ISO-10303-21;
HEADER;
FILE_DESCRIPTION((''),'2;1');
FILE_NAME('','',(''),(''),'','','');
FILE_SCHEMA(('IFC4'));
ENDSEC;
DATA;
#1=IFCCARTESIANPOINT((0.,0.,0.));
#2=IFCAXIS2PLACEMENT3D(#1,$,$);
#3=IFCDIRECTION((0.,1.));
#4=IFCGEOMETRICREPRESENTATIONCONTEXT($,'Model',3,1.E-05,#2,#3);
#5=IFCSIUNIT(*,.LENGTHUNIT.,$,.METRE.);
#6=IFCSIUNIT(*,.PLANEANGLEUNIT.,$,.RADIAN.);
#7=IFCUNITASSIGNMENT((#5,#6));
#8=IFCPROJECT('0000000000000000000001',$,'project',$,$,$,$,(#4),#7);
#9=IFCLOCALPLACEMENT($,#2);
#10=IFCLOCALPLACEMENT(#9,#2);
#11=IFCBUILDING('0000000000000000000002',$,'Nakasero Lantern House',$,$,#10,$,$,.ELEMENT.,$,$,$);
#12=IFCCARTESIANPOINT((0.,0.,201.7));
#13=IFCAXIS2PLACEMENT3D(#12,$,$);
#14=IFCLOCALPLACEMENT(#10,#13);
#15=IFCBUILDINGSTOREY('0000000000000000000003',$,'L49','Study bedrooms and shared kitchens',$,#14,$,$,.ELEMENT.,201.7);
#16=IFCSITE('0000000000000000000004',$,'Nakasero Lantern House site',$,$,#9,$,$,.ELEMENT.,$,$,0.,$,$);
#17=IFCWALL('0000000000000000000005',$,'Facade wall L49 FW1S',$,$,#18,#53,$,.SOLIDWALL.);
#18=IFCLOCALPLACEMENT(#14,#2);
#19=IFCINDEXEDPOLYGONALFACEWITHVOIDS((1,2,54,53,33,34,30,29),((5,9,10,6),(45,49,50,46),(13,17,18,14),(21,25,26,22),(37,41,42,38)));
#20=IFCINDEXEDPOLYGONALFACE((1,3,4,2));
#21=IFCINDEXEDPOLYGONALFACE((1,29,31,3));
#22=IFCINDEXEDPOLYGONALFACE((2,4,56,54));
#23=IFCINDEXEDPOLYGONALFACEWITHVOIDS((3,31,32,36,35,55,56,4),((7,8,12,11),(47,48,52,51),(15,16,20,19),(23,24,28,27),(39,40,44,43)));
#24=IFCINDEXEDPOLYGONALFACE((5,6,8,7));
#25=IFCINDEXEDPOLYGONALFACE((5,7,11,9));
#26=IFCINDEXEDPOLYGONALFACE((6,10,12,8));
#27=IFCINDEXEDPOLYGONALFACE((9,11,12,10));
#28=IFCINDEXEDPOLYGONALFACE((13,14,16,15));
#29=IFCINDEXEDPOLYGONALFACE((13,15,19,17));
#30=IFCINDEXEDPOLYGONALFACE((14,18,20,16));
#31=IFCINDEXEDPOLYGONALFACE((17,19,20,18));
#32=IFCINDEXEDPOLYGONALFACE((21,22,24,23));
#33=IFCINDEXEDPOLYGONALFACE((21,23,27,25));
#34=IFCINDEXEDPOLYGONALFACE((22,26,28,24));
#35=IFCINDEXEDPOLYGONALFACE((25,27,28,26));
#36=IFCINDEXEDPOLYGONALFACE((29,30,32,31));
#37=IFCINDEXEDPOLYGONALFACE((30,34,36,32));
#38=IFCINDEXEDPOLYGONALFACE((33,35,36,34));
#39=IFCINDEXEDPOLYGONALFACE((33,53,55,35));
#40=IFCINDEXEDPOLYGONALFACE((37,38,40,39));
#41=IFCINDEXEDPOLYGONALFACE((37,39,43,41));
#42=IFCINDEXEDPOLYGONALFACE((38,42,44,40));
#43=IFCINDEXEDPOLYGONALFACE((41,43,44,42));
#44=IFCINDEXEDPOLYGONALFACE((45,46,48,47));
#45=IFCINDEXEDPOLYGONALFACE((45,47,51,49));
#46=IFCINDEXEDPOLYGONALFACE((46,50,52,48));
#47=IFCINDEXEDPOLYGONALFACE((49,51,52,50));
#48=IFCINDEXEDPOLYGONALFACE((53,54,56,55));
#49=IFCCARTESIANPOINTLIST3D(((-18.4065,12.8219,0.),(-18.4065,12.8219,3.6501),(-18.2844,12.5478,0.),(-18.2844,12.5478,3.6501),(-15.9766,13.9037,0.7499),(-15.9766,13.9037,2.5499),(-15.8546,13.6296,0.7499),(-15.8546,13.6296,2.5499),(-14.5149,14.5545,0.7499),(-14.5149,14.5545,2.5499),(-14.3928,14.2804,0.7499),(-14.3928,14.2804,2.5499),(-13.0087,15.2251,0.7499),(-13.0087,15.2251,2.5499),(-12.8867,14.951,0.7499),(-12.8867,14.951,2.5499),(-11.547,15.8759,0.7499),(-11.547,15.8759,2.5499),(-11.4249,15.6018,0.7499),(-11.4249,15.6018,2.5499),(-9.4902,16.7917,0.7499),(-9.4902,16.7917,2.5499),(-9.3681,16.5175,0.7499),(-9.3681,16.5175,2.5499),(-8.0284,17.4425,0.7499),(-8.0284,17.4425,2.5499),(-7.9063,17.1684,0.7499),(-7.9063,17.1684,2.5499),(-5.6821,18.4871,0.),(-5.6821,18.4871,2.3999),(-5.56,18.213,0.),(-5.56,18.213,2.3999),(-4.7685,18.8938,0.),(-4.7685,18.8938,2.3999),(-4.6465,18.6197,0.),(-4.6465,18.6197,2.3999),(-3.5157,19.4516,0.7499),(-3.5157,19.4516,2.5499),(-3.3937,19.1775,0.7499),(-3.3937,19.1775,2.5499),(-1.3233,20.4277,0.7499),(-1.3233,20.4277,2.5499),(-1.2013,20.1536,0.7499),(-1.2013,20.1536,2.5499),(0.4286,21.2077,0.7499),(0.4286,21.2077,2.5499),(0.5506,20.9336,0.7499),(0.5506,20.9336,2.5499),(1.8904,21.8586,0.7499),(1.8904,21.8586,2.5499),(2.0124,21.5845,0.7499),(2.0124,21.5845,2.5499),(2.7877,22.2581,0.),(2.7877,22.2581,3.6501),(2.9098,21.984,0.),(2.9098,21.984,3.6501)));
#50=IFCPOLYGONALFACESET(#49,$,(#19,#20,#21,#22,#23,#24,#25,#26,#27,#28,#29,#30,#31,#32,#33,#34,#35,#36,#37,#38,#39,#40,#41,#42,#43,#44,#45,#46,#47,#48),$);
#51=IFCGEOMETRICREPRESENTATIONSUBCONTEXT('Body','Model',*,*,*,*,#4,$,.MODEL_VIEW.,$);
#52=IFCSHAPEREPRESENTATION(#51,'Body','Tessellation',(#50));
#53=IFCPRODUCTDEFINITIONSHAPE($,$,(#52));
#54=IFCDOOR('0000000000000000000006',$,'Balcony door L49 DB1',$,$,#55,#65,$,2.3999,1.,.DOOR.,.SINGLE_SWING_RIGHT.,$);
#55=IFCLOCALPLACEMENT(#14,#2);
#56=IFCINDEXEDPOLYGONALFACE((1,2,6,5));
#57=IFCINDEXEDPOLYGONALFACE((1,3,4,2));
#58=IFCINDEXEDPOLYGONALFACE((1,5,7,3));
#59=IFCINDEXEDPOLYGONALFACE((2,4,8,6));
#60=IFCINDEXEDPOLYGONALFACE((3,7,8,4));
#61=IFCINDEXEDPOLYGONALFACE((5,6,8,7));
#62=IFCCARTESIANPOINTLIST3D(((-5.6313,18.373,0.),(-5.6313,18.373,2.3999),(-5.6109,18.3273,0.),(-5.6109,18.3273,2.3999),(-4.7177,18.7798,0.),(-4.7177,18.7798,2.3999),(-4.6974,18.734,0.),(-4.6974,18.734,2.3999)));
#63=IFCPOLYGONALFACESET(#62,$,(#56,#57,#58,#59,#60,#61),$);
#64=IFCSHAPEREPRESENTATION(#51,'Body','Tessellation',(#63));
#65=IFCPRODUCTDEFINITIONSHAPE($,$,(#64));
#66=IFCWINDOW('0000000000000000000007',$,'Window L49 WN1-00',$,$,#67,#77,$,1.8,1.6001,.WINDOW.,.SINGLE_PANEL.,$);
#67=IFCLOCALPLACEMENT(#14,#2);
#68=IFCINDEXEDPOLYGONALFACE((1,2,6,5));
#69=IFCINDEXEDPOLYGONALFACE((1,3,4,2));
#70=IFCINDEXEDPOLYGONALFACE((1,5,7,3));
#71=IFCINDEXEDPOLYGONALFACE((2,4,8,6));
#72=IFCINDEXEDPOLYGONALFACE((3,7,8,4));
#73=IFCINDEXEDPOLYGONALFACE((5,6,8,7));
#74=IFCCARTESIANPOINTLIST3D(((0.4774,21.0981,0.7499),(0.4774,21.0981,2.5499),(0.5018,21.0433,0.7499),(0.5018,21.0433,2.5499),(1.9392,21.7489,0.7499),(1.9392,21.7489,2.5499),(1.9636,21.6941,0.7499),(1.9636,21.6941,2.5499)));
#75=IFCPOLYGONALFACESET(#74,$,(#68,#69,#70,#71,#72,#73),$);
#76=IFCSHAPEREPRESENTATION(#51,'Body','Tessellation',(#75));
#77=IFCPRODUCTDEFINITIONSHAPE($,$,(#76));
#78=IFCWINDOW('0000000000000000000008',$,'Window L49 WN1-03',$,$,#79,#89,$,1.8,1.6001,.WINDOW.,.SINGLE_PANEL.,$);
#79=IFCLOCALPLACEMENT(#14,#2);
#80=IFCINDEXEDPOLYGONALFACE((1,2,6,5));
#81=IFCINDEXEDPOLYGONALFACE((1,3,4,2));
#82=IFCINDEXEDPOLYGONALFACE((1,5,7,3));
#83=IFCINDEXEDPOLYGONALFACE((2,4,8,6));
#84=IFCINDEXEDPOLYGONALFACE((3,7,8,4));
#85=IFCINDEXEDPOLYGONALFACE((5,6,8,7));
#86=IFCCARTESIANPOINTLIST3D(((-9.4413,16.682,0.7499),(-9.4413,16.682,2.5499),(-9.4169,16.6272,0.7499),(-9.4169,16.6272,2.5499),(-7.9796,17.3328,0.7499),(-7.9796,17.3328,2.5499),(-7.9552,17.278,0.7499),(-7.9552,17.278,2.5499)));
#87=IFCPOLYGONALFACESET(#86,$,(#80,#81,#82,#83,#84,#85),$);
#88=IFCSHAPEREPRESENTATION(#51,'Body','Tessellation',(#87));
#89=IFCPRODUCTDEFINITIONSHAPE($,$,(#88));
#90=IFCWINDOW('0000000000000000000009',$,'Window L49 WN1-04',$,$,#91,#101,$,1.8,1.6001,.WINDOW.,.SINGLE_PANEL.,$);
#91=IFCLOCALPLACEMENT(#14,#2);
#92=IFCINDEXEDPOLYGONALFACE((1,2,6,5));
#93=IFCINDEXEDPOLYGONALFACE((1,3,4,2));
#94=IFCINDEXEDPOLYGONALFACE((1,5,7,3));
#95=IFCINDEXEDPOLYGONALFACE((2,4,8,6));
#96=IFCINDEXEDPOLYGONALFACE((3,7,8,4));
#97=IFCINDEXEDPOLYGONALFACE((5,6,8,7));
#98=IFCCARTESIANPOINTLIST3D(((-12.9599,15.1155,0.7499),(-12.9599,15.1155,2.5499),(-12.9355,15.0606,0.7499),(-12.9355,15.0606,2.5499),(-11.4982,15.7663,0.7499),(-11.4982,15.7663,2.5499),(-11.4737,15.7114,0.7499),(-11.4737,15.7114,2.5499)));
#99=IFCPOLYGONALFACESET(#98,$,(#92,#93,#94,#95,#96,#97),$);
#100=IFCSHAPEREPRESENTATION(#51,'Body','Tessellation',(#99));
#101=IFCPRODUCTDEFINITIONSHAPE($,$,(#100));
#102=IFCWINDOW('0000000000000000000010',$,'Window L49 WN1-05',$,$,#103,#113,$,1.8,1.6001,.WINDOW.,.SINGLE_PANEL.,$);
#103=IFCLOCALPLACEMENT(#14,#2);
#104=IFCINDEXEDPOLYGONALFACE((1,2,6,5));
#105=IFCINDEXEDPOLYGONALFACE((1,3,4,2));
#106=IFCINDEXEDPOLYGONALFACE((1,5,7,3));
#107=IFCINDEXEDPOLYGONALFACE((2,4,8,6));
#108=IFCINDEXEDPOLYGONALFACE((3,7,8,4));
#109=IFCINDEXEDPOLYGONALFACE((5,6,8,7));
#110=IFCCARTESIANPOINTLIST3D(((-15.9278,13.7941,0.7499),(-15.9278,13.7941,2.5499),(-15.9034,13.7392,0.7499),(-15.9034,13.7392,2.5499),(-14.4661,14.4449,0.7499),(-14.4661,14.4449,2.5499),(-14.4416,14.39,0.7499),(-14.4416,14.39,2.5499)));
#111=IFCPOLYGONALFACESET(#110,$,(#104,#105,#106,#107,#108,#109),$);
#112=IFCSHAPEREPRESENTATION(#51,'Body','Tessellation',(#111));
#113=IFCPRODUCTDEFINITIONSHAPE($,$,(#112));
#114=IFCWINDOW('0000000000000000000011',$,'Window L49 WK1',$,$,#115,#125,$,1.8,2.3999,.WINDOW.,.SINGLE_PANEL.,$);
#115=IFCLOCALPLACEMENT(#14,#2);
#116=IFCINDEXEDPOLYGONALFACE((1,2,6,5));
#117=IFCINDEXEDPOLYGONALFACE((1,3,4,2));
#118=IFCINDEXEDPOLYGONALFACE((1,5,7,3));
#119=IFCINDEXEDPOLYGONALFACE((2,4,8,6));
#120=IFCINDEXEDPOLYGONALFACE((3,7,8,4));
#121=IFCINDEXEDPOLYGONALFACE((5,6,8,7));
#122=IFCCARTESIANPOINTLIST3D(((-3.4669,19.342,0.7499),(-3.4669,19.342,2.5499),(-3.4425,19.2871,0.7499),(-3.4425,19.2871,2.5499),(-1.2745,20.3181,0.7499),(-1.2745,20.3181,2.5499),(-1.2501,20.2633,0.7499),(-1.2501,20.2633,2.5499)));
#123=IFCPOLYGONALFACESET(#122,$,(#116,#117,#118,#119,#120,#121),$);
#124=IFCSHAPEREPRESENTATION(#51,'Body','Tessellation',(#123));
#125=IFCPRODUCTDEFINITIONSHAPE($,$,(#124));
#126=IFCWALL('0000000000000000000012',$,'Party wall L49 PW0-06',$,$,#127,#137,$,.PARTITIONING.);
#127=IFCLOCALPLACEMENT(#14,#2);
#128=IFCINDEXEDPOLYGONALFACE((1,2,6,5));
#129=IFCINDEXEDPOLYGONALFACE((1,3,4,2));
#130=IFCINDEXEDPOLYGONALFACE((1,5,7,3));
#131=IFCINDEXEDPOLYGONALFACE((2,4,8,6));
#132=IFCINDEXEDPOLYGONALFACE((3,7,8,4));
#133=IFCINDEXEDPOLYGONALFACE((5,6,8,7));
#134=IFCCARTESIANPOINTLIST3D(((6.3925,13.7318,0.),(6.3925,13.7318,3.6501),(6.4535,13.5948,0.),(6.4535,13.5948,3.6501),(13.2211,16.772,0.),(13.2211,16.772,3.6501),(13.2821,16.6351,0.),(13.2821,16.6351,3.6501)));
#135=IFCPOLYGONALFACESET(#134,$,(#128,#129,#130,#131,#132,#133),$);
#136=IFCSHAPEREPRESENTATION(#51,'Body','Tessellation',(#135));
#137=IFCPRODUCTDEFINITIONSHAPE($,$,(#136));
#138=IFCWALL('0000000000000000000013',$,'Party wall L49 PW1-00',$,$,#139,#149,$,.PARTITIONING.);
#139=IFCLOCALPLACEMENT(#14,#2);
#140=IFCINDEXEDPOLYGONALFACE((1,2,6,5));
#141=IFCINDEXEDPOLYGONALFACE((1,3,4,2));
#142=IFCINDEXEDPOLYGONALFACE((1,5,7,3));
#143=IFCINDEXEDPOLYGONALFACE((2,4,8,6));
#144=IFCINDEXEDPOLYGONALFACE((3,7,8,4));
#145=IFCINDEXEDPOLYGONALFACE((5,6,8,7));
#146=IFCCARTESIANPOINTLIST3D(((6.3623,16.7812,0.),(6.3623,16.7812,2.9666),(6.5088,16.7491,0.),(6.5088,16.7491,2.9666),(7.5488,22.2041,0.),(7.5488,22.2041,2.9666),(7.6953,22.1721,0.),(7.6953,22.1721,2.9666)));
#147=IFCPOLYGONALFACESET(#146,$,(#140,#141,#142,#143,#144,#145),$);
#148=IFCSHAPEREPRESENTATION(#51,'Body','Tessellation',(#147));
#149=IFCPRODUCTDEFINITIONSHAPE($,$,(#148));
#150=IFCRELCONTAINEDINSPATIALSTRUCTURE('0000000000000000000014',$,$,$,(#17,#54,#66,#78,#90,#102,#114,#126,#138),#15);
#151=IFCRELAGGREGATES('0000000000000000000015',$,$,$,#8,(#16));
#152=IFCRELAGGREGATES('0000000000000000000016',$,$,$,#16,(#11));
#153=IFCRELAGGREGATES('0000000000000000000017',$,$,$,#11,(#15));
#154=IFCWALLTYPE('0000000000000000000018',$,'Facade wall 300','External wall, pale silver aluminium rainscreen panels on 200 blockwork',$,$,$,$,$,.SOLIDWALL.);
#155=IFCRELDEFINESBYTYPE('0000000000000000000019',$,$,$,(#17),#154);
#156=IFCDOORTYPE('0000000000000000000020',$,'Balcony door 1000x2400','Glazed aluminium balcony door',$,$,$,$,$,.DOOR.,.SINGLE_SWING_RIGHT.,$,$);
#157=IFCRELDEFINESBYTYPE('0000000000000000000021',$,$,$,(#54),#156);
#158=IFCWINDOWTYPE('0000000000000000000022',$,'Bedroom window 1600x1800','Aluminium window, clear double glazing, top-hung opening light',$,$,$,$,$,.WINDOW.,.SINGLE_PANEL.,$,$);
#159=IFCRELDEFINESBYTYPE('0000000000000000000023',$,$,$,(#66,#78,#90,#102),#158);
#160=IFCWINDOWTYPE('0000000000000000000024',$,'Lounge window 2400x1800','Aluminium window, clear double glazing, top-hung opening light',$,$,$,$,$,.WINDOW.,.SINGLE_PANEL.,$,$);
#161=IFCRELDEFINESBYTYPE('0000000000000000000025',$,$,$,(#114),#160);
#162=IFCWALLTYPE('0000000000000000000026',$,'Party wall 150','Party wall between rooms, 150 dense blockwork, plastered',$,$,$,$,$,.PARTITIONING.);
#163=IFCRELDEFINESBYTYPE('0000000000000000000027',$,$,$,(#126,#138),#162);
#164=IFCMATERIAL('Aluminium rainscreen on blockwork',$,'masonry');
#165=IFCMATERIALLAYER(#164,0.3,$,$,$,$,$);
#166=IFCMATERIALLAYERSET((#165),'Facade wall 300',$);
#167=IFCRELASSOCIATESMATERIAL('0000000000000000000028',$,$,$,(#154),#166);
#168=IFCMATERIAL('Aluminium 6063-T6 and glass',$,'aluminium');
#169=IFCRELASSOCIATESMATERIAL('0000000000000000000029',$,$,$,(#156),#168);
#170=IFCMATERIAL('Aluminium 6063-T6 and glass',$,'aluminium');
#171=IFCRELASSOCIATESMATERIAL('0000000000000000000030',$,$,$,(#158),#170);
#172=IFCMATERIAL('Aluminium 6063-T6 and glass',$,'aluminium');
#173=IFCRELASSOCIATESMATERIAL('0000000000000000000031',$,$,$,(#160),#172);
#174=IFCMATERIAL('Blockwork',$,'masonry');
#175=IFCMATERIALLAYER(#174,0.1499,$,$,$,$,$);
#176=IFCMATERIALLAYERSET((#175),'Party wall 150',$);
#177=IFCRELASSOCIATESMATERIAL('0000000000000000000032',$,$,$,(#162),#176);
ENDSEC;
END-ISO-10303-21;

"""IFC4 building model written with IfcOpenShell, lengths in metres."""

from ifc_helpers import new_model, si_unit, direction, frame, frame_2d, origin, place, context, subcontext, project, spatial, rectangle, extrude, material, layer, layer_set, type_object, element, fill, save


model = new_model("IFC4")

# Units and contexts
model_context = context("Model", 3, precision=1e-05, world=origin(), true_north=direction((0.0, 1.0)))
body_context = subcontext(model_context, "Body", "Model", "MODEL_VIEW")
ifc_project = project(units=[si_unit("LENGTHUNIT", "METRE"), si_unit("PLANEANGLEUNIT", "RADIAN")], contexts=[model_context])

# Site, building, storey
site_placement = place(None, origin())
site = spatial("IfcSite", under=ifc_project, at=site_placement, Name="Nakasero Lantern House site", CompositionType="ELEMENT", RefElevation=0.0)
building_placement = place(site_placement, origin())
building = spatial("IfcBuilding", under=site, at=building_placement, Name="Nakasero Lantern House", CompositionType="ELEMENT")
storey_placement = place(building_placement, frame((0.0, 0.0, 201.7)))
storey = spatial("IfcBuildingStorey", under=building, at=storey_placement, Name="L49", Description="Study bedrooms and shared kitchens", CompositionType="ELEMENT", Elevation=201.7)

# Shared definitions
ifc_material_1 = material(Name="Aluminium rainscreen on blockwork", Category="masonry")
ifc_layer_1 = layer(ifc_material_1, 0.3)
ifc_layer_set_1 = layer_set([ifc_layer_1], Name="Facade wall 300")
wall_type_1 = type_object("IfcWallType", Name="Facade wall 300", Description="External wall, pale silver aluminium rainscreen panels on 200 blockwork", PredefinedType="SOLIDWALL", material=ifc_layer_set_1)

# Wall, openings, door, windows
wall_1_placement = place(storey_placement, frame((2.8489, 22.1211, 0.0), z_axis=(0.0, 0.0, 1.0), x_axis=(-0.913546, -0.406735, 0.0)))
wall_1 = element("IfcWall", 1, at=wall_1_placement, inside=storey, type_object=wall_type_1, Name="Facade wall L49 FW1S", PredefinedType="SOLIDWALL", context=body_context, shape_type="SweptSolid", body=[
    extrude(rectangle(XDim=23.2, YDim=0.3, at=frame_2d((11.6001, 0.0))), origin(), (0.0, 0.0, 1.0), 3.6501),
])
opening_1_placement = place(wall_1_placement, frame((0.9824, 0.0, 0.75)))
opening_1 = element("IfcOpeningElement", 2, at=opening_1_placement, cuts=wall_1, PredefinedType="OPENING", context=body_context, shape_type="SweptSolid", body=[
    extrude(rectangle(XDim=1.6001, YDim=1.8, at=frame_2d((0.8, 0.8999))), frame((0.0, 0.1699, 0.0), z_axis=(0.0, -1.0, 0.0), x_axis=(1.0, 0.0, 0.0)), (0.0, 0.0, 1.0), 0.3401),
])
opening_2_placement = place(wall_1_placement, frame((11.8398, 0.0, 0.75)))
opening_2 = element("IfcOpeningElement", 3, at=opening_2_placement, cuts=wall_1, PredefinedType="OPENING", context=body_context, shape_type="SweptSolid", body=[
    extrude(rectangle(XDim=1.6001, YDim=1.8, at=frame_2d((0.8, 0.8999))), frame((0.0, 0.1699, 0.0), z_axis=(0.0, -1.0, 0.0), x_axis=(1.0, 0.0, 0.0)), (0.0, 0.0, 1.0), 0.3401),
])
opening_3_placement = place(wall_1_placement, frame((15.6914, 0.0, 0.75)))
opening_3 = element("IfcOpeningElement", 4, at=opening_3_placement, cuts=wall_1, PredefinedType="OPENING", context=body_context, shape_type="SweptSolid", body=[
    extrude(rectangle(XDim=1.6001, YDim=1.8, at=frame_2d((0.8, 0.8999))), frame((0.0, 0.1699, 0.0), z_axis=(0.0, -1.0, 0.0), x_axis=(1.0, 0.0, 0.0)), (0.0, 0.0, 1.0), 0.3401),
])
opening_4_placement = place(wall_1_placement, frame((18.9402, 0.0, 0.75)))
opening_4 = element("IfcOpeningElement", 5, at=opening_4_placement, cuts=wall_1, PredefinedType="OPENING", context=body_context, shape_type="SweptSolid", body=[
    extrude(rectangle(XDim=1.6001, YDim=1.8, at=frame_2d((0.8, 0.8999))), frame((0.0, 0.1699, 0.0), z_axis=(0.0, -1.0, 0.0), x_axis=(1.0, 0.0, 0.0)), (0.0, 0.0, 1.0), 0.3401),
])
opening_5_placement = place(wall_1_placement, frame((4.5002, 0.0, 0.75)))
opening_5 = element("IfcOpeningElement", 6, at=opening_5_placement, cuts=wall_1, PredefinedType="OPENING", context=body_context, shape_type="SweptSolid", body=[
    extrude(rectangle(XDim=2.3999, YDim=1.8, at=frame_2d((1.2, 0.8999))), frame((0.0, 0.1699, 0.0), z_axis=(0.0, -1.0, 0.0), x_axis=(1.0, 0.0, 0.0)), (0.0, 0.0, 1.0), 0.3401),
])
opening_6_placement = place(wall_1_placement, frame((8.2715, 0.0, 0.0)))
opening_6 = element("IfcOpeningElement", 7, at=opening_6_placement, cuts=wall_1, PredefinedType="OPENING", context=body_context, shape_type="SweptSolid", body=[
    extrude(rectangle(XDim=1.0, YDim=2.3999, at=frame_2d((0.5, 1.2))), frame((0.0, 0.1699, 0.0), z_axis=(0.0, -1.0, 0.0), x_axis=(1.0, 0.0, 0.0)), (0.0, 0.0, 1.0), 0.3401),
])
ifc_material_2 = material(Name="Aluminium 6063-T6 and glass", Category="aluminium")
door_type_1 = type_object("IfcDoorType", Name="Balcony door 1000x2400", Description="Glazed aluminium balcony door", OperationType="SINGLE_SWING_RIGHT", PredefinedType="DOOR", material=ifc_material_2)
door_1_placement = place(opening_6_placement, origin())
door_1 = element("IfcDoor", 8, at=door_1_placement, inside=storey, type_object=door_type_1, Name="Balcony door L49 DB1", OperationType="SINGLE_SWING_RIGHT", OverallHeight=2.3999, OverallWidth=1.0, PredefinedType="DOOR", context=body_context, shape_type="SweptSolid", body=[
    extrude(rectangle(XDim=1.0, YDim=2.3999, at=frame_2d((0.5, 1.2))), frame((0.0, 0.0249, 0.0), z_axis=(0.0, -1.0, 0.0), x_axis=(1.0, 0.0, 0.0)), (0.0, 0.0, 1.0), 0.05),
])
fill(opening_6, door_1)
ifc_material_3 = material(Name="Aluminium 6063-T6 and glass", Category="aluminium")
window_type_1 = type_object("IfcWindowType", Name="Bedroom window 1600x1800", Description="Aluminium window, clear double glazing, top-hung opening light", PartitioningType="SINGLE_PANEL", PredefinedType="WINDOW", material=ifc_material_3)
window_1_placement = place(opening_1_placement, origin())
window_1 = element("IfcWindow", 9, at=window_1_placement, inside=storey, type_object=window_type_1, Name="Window L49 WN1-00", OverallHeight=1.8, OverallWidth=1.6001, PartitioningType="SINGLE_PANEL", PredefinedType="WINDOW", context=body_context, shape_type="SweptSolid", body=[
    extrude(rectangle(XDim=1.6001, YDim=1.8, at=frame_2d((0.8, 0.8999))), frame((0.0, 0.03, 0.0), z_axis=(0.0, -1.0, 0.0), x_axis=(1.0, 0.0, 0.0)), (0.0, 0.0, 1.0), 0.0601),
])
fill(opening_1, window_1)
window_2_placement = place(opening_2_placement, origin())
window_2 = element("IfcWindow", 10, at=window_2_placement, inside=storey, type_object=window_type_1, Name="Window L49 WN1-03", OverallHeight=1.8, OverallWidth=1.6001, PartitioningType="SINGLE_PANEL", PredefinedType="WINDOW", context=body_context, shape_type="SweptSolid", body=[
    extrude(rectangle(XDim=1.6001, YDim=1.8, at=frame_2d((0.8, 0.8999))), frame((0.0, 0.03, 0.0), z_axis=(0.0, -1.0, 0.0), x_axis=(1.0, 0.0, 0.0)), (0.0, 0.0, 1.0), 0.0601),
])
fill(opening_2, window_2)
window_3_placement = place(opening_3_placement, origin())
window_3 = element("IfcWindow", 11, at=window_3_placement, inside=storey, type_object=window_type_1, Name="Window L49 WN1-04", OverallHeight=1.8, OverallWidth=1.6001, PartitioningType="SINGLE_PANEL", PredefinedType="WINDOW", context=body_context, shape_type="SweptSolid", body=[
    extrude(rectangle(XDim=1.6001, YDim=1.8, at=frame_2d((0.8, 0.8999))), frame((0.0, 0.03, 0.0), z_axis=(0.0, -1.0, 0.0), x_axis=(1.0, 0.0, 0.0)), (0.0, 0.0, 1.0), 0.0601),
])
fill(opening_3, window_3)
window_4_placement = place(opening_4_placement, origin())
window_4 = element("IfcWindow", 12, at=window_4_placement, inside=storey, type_object=window_type_1, Name="Window L49 WN1-05", OverallHeight=1.8, OverallWidth=1.6001, PartitioningType="SINGLE_PANEL", PredefinedType="WINDOW", context=body_context, shape_type="SweptSolid", body=[
    extrude(rectangle(XDim=1.6001, YDim=1.8, at=frame_2d((0.8, 0.8999))), frame((0.0, 0.03, 0.0), z_axis=(0.0, -1.0, 0.0), x_axis=(1.0, 0.0, 0.0)), (0.0, 0.0, 1.0), 0.0601),
])
fill(opening_4, window_4)
ifc_material_4 = material(Name="Aluminium 6063-T6 and glass", Category="aluminium")
window_type_2 = type_object("IfcWindowType", Name="Lounge window 2400x1800", Description="Aluminium window, clear double glazing, top-hung opening light", PartitioningType="SINGLE_PANEL", PredefinedType="WINDOW", material=ifc_material_4)
window_5_placement = place(opening_5_placement, origin())
window_5 = element("IfcWindow", 13, at=window_5_placement, inside=storey, type_object=window_type_2, Name="Window L49 WK1", OverallHeight=1.8, OverallWidth=2.3999, PartitioningType="SINGLE_PANEL", PredefinedType="WINDOW", context=body_context, shape_type="SweptSolid", body=[
    extrude(rectangle(XDim=2.3999, YDim=1.8, at=frame_2d((1.2, 0.8999))), frame((0.0, 0.03, 0.0), z_axis=(0.0, -1.0, 0.0), x_axis=(1.0, 0.0, 0.0)), (0.0, 0.0, 1.0), 0.0601),
])
fill(opening_5, window_5)

# Walls
ifc_material_5 = material(Name="Blockwork", Category="masonry")
ifc_layer_2 = layer(ifc_material_5, 0.1499)
ifc_layer_set_2 = layer_set([ifc_layer_2], Name="Party wall 150")
wall_type_2 = type_object("IfcWallType", Name="Party wall 150", Description="Party wall between rooms, 150 dense blockwork, plastered", PredefinedType="PARTITIONING", material=ifc_layer_set_2)
wall_2_placement = place(storey_placement, frame((6.4231, 13.6633, 0.0), z_axis=(0.0, 0.0, 1.0), x_axis=(0.913546, 0.406735, 0.0)))
element("IfcWall", 14, at=wall_2_placement, inside=storey, type_object=wall_type_2, Name="Party wall L49 PW0-06", PredefinedType="PARTITIONING", context=body_context, shape_type="SweptSolid", body=[
    extrude(rectangle(XDim=7.4749, YDim=0.1499, at=frame_2d((3.7373, 0.0))), origin(), (0.0, 0.0, 1.0), 3.6501),
])
wall_3_placement = place(storey_placement, frame((6.4355, 16.7651, 0.0), z_axis=(0.0, 0.0, 1.0), x_axis=(0.213735, 0.976892, 0.0)))
element("IfcWall", 15, at=wall_3_placement, inside=storey, type_object=wall_type_2, Name="Party wall L49 PW1-00", PredefinedType="PARTITIONING", context=body_context, shape_type="SweptSolid", body=[
    extrude(rectangle(XDim=5.5513, YDim=0.1499, at=frame_2d((2.7756, 0.0))), origin(), (0.0, 0.0, 1.0), 2.9666),
])

save(model, "model.ifc")
